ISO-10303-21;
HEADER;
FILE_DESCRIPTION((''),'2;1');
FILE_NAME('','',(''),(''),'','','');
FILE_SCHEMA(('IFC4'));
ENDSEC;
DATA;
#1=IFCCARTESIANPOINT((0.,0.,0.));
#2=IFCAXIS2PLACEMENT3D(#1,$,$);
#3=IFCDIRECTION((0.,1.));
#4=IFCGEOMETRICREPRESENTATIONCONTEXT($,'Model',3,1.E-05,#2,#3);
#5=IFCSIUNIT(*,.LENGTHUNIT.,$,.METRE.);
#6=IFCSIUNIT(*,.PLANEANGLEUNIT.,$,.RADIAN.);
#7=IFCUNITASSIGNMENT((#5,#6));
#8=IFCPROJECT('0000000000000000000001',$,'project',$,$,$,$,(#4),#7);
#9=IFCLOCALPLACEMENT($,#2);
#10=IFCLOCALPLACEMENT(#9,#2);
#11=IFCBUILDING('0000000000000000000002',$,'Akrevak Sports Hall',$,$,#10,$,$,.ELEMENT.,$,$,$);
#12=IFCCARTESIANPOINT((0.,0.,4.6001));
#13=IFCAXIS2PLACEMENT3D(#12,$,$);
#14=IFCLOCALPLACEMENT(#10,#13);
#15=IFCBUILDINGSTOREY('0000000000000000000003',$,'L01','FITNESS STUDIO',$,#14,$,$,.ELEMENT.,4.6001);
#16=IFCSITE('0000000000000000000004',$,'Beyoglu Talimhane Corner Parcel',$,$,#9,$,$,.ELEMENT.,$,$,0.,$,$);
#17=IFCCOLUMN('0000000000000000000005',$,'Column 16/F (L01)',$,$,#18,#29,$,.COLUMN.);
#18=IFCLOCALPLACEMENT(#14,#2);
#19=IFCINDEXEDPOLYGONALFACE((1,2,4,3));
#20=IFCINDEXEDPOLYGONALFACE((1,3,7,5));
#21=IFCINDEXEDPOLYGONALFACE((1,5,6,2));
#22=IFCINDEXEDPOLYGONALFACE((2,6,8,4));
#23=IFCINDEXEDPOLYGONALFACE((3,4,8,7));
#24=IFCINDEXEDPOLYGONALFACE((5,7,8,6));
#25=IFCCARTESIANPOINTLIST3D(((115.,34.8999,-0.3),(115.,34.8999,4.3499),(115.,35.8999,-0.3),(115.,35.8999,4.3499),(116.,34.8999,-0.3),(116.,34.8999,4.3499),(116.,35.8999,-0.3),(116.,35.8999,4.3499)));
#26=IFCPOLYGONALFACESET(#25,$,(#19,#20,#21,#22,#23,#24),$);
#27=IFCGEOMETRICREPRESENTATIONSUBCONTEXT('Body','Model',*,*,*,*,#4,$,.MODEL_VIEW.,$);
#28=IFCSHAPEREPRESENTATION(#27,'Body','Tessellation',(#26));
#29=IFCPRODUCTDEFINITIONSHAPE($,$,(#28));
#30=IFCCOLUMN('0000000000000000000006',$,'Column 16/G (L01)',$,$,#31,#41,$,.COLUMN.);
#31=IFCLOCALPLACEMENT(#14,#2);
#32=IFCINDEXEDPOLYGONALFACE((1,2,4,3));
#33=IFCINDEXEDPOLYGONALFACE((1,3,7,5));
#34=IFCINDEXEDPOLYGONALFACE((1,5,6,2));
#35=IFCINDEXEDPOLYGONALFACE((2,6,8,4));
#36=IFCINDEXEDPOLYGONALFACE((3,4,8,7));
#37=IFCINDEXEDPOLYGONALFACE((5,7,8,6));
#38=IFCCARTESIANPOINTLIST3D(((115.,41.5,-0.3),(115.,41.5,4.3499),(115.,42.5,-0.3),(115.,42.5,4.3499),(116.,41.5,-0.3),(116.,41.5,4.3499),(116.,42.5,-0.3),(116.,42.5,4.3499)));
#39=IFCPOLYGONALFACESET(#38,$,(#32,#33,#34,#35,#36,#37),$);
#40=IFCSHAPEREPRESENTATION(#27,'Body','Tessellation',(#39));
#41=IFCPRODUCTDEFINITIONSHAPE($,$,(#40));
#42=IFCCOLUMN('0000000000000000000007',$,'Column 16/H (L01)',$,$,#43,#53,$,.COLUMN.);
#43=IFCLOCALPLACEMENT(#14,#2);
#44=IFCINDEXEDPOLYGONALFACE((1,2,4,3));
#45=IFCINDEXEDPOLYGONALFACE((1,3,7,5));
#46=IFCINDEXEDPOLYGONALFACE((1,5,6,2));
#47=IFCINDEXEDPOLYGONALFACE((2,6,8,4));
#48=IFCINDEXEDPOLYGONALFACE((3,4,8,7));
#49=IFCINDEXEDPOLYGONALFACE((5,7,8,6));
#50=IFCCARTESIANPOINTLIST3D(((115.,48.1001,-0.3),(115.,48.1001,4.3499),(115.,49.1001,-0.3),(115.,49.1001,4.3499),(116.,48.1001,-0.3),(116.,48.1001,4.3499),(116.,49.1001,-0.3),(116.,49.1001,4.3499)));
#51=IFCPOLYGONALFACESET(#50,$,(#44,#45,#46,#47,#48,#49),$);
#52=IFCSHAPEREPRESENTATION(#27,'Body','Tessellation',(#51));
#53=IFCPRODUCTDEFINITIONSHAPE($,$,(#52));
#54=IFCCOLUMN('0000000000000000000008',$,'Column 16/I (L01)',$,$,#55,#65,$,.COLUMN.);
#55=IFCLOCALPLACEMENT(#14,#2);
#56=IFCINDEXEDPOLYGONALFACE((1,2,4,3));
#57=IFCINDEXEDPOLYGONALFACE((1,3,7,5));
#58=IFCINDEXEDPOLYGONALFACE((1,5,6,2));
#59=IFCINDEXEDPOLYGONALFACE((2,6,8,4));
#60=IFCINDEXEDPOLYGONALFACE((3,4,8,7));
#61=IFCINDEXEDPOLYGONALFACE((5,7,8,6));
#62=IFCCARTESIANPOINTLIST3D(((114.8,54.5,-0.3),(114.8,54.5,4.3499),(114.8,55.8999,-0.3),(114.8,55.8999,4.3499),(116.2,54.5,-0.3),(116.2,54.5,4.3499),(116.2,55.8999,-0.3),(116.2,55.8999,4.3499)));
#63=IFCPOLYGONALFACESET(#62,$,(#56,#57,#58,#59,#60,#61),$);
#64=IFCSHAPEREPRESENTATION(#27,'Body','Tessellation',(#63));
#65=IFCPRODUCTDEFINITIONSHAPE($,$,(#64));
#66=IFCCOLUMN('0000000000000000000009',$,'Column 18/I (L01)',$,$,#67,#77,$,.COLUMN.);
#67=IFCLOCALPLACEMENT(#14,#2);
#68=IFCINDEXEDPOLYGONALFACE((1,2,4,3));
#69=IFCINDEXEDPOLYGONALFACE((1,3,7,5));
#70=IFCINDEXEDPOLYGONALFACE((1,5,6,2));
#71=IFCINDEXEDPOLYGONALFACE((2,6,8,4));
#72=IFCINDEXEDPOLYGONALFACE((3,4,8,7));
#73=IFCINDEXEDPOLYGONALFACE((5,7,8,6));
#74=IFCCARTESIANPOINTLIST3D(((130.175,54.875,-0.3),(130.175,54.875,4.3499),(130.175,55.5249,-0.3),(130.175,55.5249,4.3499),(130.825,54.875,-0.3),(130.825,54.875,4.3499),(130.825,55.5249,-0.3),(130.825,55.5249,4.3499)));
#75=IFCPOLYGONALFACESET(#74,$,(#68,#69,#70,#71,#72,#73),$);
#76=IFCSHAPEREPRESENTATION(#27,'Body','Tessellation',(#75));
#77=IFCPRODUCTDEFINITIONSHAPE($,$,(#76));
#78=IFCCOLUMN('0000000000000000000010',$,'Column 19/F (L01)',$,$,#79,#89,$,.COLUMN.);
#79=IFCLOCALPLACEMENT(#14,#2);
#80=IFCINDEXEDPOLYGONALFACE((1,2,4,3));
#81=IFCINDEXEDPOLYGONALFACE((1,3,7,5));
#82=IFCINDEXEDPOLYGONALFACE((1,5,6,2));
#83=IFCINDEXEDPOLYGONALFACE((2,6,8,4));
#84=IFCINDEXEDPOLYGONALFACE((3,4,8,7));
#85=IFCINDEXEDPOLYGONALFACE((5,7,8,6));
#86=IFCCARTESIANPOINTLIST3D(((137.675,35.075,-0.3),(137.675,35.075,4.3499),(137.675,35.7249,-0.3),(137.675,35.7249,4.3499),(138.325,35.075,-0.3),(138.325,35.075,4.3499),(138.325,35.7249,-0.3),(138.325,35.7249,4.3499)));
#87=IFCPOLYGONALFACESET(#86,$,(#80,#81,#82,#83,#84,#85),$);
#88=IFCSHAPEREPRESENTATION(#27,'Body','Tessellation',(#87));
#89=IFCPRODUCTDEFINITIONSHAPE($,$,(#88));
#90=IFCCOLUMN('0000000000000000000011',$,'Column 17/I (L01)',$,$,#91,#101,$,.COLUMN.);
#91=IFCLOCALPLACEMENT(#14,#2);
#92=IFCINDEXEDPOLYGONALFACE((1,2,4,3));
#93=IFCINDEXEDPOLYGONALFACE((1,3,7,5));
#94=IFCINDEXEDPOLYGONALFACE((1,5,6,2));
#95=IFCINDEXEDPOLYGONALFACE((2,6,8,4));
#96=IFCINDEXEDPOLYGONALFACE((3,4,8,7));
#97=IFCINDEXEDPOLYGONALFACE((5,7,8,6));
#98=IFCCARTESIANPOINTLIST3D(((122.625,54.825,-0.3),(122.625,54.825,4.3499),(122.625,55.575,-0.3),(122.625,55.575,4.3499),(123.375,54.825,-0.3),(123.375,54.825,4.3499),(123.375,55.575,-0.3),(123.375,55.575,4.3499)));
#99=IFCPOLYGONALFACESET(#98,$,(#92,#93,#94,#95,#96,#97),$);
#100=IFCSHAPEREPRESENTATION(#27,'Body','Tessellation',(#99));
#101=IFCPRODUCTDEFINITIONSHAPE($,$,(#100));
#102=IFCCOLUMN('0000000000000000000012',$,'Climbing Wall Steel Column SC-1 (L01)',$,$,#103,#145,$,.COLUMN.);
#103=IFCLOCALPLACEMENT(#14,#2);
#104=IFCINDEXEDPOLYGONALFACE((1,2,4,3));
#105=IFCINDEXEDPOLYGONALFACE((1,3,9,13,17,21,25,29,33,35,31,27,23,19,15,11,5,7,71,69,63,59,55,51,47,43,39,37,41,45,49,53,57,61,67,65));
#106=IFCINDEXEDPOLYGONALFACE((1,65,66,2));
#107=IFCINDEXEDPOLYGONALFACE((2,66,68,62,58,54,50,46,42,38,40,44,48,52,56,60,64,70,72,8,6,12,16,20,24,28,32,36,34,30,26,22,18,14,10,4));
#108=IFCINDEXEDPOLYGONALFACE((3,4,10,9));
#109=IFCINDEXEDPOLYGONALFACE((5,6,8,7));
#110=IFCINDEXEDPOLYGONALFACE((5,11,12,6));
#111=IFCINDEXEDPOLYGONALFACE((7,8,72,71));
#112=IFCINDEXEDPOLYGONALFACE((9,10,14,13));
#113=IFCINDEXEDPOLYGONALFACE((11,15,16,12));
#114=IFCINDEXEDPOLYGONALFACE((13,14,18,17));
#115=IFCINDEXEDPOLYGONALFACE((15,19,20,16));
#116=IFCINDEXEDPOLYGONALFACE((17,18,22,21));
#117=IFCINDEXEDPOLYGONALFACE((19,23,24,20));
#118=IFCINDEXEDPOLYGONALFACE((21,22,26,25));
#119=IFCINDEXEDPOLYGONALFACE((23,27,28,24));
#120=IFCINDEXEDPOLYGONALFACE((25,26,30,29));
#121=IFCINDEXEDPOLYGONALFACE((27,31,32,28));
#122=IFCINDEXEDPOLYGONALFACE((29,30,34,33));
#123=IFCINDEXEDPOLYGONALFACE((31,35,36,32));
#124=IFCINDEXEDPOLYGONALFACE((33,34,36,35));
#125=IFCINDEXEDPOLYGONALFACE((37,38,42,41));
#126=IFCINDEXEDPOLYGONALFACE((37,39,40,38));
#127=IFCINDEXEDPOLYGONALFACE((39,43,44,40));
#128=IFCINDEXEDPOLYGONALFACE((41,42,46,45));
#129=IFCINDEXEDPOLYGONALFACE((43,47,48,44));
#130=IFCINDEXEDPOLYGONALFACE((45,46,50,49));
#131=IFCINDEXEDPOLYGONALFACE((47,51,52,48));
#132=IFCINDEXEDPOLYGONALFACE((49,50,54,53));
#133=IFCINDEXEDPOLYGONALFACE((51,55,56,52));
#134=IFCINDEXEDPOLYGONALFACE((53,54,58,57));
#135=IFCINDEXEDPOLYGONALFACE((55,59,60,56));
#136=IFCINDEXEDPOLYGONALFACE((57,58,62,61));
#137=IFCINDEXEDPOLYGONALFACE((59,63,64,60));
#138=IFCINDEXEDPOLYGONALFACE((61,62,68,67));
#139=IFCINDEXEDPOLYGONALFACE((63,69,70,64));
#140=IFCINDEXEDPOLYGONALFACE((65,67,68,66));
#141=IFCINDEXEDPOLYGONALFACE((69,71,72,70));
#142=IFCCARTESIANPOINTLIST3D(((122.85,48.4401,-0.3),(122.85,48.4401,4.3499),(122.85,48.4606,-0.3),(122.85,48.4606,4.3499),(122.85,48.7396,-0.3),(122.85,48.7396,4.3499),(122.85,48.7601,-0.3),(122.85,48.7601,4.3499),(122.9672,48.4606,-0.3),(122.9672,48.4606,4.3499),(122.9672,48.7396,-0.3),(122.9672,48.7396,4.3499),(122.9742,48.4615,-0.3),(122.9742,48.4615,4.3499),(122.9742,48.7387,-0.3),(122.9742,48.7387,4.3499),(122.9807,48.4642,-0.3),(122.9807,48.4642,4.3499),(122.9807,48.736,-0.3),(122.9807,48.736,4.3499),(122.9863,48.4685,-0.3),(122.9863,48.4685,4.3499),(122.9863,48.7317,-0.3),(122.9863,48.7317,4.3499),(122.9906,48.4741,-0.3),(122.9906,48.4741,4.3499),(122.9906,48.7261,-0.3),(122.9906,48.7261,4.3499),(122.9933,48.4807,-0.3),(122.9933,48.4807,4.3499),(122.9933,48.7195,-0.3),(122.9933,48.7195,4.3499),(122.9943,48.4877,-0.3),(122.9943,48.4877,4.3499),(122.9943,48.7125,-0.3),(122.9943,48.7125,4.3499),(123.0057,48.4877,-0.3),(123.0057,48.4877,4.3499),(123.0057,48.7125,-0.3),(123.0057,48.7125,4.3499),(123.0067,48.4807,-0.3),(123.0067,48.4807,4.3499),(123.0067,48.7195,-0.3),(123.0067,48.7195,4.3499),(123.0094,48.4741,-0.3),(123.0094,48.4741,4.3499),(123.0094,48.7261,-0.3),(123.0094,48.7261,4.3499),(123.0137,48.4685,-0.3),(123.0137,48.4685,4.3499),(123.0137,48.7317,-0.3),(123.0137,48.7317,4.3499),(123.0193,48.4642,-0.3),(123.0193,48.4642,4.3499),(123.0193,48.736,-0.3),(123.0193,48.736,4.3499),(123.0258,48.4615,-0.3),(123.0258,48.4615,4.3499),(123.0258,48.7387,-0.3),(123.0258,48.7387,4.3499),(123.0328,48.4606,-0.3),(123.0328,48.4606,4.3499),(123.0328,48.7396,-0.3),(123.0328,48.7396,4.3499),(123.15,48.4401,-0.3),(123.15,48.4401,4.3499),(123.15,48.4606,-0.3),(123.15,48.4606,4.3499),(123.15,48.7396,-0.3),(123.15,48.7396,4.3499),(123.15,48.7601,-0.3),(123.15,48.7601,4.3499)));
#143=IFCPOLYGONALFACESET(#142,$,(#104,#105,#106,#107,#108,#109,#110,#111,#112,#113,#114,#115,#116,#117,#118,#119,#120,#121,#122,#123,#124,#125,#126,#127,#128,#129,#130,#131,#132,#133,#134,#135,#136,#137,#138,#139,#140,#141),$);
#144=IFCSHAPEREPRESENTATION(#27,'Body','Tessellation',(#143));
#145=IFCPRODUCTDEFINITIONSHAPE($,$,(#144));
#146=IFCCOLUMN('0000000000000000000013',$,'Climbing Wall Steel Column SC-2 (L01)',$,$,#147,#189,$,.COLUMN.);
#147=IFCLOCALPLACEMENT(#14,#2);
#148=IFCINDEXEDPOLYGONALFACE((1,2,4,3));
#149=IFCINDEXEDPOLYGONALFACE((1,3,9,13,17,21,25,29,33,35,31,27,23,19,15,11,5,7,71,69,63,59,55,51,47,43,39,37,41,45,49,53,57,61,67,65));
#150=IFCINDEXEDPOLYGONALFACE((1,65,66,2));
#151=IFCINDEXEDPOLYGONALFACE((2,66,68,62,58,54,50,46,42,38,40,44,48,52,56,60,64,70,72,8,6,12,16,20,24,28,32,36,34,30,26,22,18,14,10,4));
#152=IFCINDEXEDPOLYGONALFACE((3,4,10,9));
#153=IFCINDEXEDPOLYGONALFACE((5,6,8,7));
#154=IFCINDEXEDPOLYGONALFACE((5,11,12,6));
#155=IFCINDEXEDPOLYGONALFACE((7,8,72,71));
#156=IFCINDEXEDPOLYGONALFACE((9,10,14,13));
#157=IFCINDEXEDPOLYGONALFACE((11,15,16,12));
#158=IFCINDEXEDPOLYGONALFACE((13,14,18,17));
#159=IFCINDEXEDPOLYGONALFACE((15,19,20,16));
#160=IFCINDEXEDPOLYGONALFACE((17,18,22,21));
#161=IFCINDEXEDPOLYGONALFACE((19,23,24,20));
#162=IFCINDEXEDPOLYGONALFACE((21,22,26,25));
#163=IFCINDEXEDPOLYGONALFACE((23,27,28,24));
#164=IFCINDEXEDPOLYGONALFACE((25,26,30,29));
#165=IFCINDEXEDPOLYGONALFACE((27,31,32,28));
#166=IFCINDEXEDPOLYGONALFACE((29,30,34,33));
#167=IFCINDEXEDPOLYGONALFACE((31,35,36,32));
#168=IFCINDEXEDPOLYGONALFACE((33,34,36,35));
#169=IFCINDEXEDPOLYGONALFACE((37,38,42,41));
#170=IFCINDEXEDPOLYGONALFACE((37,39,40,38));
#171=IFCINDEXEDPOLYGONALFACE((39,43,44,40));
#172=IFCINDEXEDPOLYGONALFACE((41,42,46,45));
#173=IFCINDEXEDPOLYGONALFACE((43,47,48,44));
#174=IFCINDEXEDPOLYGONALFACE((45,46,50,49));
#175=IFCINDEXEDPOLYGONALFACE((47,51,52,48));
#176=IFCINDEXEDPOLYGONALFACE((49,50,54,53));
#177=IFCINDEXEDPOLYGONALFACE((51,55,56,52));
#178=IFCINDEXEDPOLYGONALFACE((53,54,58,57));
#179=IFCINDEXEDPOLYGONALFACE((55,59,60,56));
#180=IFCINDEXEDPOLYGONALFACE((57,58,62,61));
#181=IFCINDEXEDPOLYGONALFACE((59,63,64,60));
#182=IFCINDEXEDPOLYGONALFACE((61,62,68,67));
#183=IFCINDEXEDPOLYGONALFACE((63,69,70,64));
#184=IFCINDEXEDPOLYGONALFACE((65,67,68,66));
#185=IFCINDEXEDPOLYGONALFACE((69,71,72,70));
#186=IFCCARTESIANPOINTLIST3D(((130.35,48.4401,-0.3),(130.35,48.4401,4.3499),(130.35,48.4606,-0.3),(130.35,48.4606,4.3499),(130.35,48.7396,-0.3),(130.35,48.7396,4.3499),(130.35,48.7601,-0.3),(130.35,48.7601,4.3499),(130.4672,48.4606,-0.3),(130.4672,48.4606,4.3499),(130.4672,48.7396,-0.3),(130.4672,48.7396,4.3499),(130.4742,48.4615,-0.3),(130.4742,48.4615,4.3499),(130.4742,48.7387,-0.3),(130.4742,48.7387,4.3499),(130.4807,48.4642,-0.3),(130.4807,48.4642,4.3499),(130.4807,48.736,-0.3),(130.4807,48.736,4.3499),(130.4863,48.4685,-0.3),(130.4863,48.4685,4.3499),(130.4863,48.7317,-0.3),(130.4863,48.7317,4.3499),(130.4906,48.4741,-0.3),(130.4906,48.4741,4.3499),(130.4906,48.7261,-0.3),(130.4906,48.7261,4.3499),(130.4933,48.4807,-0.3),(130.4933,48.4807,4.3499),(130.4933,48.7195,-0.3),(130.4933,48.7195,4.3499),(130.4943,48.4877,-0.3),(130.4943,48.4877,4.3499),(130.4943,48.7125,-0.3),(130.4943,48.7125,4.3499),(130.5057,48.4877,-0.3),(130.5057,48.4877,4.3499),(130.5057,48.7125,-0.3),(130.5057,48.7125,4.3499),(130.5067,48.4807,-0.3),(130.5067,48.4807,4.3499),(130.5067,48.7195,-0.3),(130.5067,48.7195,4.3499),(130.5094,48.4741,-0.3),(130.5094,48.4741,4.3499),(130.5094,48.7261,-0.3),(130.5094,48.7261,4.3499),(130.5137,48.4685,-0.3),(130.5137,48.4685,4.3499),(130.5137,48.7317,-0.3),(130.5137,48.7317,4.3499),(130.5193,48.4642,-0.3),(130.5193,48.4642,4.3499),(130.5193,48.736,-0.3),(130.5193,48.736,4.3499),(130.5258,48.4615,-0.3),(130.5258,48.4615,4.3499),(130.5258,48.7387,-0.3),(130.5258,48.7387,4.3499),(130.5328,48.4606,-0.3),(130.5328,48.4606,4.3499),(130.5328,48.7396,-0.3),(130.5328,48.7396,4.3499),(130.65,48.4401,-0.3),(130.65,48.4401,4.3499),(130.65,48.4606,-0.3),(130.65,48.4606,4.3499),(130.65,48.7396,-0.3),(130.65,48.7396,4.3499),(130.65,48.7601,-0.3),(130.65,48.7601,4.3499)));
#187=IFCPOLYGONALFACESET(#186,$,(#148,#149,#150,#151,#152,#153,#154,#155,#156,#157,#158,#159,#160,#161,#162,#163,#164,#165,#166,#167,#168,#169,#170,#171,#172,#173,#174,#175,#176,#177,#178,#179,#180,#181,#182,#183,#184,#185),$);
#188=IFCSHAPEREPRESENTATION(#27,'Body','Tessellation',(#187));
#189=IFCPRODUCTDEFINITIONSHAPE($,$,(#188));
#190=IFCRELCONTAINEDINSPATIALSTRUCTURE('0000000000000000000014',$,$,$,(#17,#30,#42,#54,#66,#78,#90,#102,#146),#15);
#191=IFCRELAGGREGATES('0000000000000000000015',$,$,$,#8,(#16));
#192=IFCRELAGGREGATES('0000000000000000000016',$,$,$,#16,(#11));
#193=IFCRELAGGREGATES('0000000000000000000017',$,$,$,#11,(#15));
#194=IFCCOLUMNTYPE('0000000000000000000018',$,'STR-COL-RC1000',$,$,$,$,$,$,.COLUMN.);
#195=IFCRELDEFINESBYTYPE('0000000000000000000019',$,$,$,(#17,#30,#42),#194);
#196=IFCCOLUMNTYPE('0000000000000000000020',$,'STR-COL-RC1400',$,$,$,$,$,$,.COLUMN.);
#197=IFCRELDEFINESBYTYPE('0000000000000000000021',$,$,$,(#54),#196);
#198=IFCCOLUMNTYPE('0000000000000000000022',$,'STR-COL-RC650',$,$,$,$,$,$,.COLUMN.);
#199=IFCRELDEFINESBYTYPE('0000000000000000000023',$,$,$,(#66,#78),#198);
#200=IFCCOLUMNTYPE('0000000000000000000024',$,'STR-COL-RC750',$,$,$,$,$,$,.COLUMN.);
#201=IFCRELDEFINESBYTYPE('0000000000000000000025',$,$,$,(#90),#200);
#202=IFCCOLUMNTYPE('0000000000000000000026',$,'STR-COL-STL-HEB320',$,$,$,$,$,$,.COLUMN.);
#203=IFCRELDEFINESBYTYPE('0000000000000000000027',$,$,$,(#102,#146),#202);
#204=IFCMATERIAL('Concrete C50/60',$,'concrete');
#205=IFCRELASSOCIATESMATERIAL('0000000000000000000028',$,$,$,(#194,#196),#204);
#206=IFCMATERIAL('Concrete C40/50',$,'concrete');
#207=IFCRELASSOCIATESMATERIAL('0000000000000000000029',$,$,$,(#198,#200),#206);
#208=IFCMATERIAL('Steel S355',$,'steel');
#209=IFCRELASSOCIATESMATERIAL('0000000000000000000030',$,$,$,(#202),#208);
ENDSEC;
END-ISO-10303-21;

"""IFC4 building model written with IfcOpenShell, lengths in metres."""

from ifc_helpers import new_model, si_unit, direction, frame, origin, origin_2d, place, context, subcontext, project, spatial, rectangle, i_section, extrude, material, material_profile, profile_set, type_object, element, save


model = new_model("IFC4")

# Units and contexts
model_context = context("Model", 3, precision=1e-05, world=origin(), true_north=direction((0.0, 1.0)))
body_context = subcontext(model_context, "Body", "Model", "MODEL_VIEW")
ifc_project = project(units=[si_unit("LENGTHUNIT", "METRE"), si_unit("PLANEANGLEUNIT", "RADIAN")], contexts=[model_context])

# Site, building, storey
site_placement = place(None, origin())
site = spatial("IfcSite", under=ifc_project, at=site_placement, Name="Beyoglu Talimhane Corner Parcel", CompositionType="ELEMENT", RefElevation=0.0)
building_placement = place(site_placement, origin())
building = spatial("IfcBuilding", under=site, at=building_placement, Name="Akrevak Sports Hall", CompositionType="ELEMENT")
storey_placement = place(building_placement, frame((0.0, 0.0, 4.6001)))
storey = spatial("IfcBuildingStorey", under=building, at=storey_placement, Name="L01", Description="FITNESS STUDIO", CompositionType="ELEMENT", Elevation=4.6001)

# Columns
ifc_material_1 = material(Name="Concrete C50/60", Category="concrete")
ifc_material_profile_1 = material_profile(ifc_material_1, rectangle(XDim=1.0, YDim=1.0, at=origin_2d()), Name="RC 1000x1000", Category="concrete")
ifc_profile_set_1 = profile_set([ifc_material_profile_1], Name="Concrete C50/60")
column_type_1 = type_object("IfcColumnType", Name="STR-COL-RC1000", PredefinedType="COLUMN", material=ifc_profile_set_1)
for number, where, z_axis, x_axis, name in (
    (1, (115.5, 35.3999, -0.3), (0.0, 0.0, 1.0), (1.0, 0.0, 0.0), "Column 16/F (L01)"),
    (2, (115.5, 42.0, -0.3), (0.0, 0.0, 1.0), (1.0, 0.0, 0.0), "Column 16/G (L01)"),
    (3, (115.5, 48.6001, -0.3), (0.0, 0.0, 1.0), (1.0, 0.0, 0.0), "Column 16/H (L01)"),
):
    element("IfcColumn", number, at=place(storey_placement, frame(where, z_axis=z_axis, x_axis=x_axis)), inside=storey, type_object=column_type_1, Name=name, PredefinedType="COLUMN", context=body_context, shape_type="SweptSolid", body=[
        extrude(rectangle(XDim=1.0, YDim=1.0, at=origin_2d()), origin(), (0.0, 0.0, 1.0), 4.6499),
    ])
ifc_material_profile_2 = material_profile(ifc_material_1, rectangle(XDim=1.3999, YDim=1.3999, at=origin_2d()), Name="RC 1400x1400", Category="concrete")
ifc_profile_set_2 = profile_set([ifc_material_profile_2], Name="Concrete C50/60")
column_type_2 = type_object("IfcColumnType", Name="STR-COL-RC1400", PredefinedType="COLUMN", material=ifc_profile_set_2)
column_1_placement = place(storey_placement, frame((115.5, 55.2, -0.3), z_axis=(0.0, 0.0, 1.0), x_axis=(1.0, 0.0, 0.0)))
element("IfcColumn", 4, at=column_1_placement, inside=storey, type_object=column_type_2, Name="Column 16/I (L01)", PredefinedType="COLUMN", context=body_context, shape_type="SweptSolid", body=[
    extrude(rectangle(XDim=1.3999, YDim=1.3999, at=origin_2d()), origin(), (0.0, 0.0, 1.0), 4.6499),
])
ifc_material_2 = material(Name="Concrete C40/50", Category="concrete")
ifc_material_profile_3 = material_profile(ifc_material_2, rectangle(XDim=0.6499, YDim=0.6499, at=origin_2d()), Name="RC 650x650", Category="concrete")
ifc_profile_set_3 = profile_set([ifc_material_profile_3], Name="Concrete C40/50")
column_type_3 = type_object("IfcColumnType", Name="STR-COL-RC650", PredefinedType="COLUMN", material=ifc_profile_set_3)
for number, where, z_axis, x_axis, name in (
    (5, (130.5, 55.2, -0.3), (0.0, 0.0, 1.0), (1.0, 0.0, 0.0), "Column 18/I (L01)"),
    (6, (138.0, 35.3999, -0.3), (0.0, 0.0, 1.0), (1.0, 0.0, 0.0), "Column 19/F (L01)"),
):
    element("IfcColumn", number, at=place(storey_placement, frame(where, z_axis=z_axis, x_axis=x_axis)), inside=storey, type_object=column_type_3, Name=name, PredefinedType="COLUMN", context=body_context, shape_type="SweptSolid", body=[
        extrude(rectangle(XDim=0.6499, YDim=0.6499, at=origin_2d()), origin(), (0.0, 0.0, 1.0), 4.6499),
    ])
ifc_material_profile_4 = material_profile(ifc_material_2, rectangle(XDim=0.75, YDim=0.75, at=origin_2d()), Name="RC 750x750", Category="concrete")
ifc_profile_set_4 = profile_set([ifc_material_profile_4], Name="Concrete C40/50")
column_type_4 = type_object("IfcColumnType", Name="STR-COL-RC750", PredefinedType="COLUMN", material=ifc_profile_set_4)
column_2_placement = place(storey_placement, frame((123.0, 55.2, -0.3), z_axis=(0.0, 0.0, 1.0), x_axis=(1.0, 0.0, 0.0)))
element("IfcColumn", 7, at=column_2_placement, inside=storey, type_object=column_type_4, Name="Column 17/I (L01)", PredefinedType="COLUMN", context=body_context, shape_type="SweptSolid", body=[
    extrude(rectangle(XDim=0.75, YDim=0.75, at=origin_2d()), origin(), (0.0, 0.0, 1.0), 4.6499),
])
ifc_material_3 = material(Name="Steel S355", Category="steel")
ifc_material_profile_5 = material_profile(ifc_material_3, i_section(OverallWidth=0.3, OverallDepth=0.3201, WebThickness=0.0115, FlangeThickness=0.0205, FilletRadius=0.0271, at=origin_2d()), Name="HEB 320", Category="steel")
ifc_profile_set_5 = profile_set([ifc_material_profile_5], Name="Steel S355")
column_type_5 = type_object("IfcColumnType", Name="STR-COL-STL-HEB320", PredefinedType="COLUMN", material=ifc_profile_set_5)
for number, where, z_axis, x_axis, name in (
    (8, (123.0, 48.6001, -0.3), (0.0, 0.0, 1.0), (1.0, 0.0, 0.0), "Climbing Wall Steel Column SC-1 (L01)"),
    (9, (130.5, 48.6001, -0.3), (0.0, 0.0, 1.0), (1.0, 0.0, 0.0), "Climbing Wall Steel Column SC-2 (L01)"),
):
    element("IfcColumn", number, at=place(storey_placement, frame(where, z_axis=z_axis, x_axis=x_axis)), inside=storey, type_object=column_type_5, Name=name, PredefinedType="COLUMN", context=body_context, shape_type="SweptSolid", body=[
        extrude(i_section(OverallWidth=0.3, OverallDepth=0.3201, WebThickness=0.0115, FlangeThickness=0.0205, FilletRadius=0.0271, at=origin_2d()), origin(), (0.0, 0.0, 1.0), 4.6499),
    ])

save(model, "model.ifc")
